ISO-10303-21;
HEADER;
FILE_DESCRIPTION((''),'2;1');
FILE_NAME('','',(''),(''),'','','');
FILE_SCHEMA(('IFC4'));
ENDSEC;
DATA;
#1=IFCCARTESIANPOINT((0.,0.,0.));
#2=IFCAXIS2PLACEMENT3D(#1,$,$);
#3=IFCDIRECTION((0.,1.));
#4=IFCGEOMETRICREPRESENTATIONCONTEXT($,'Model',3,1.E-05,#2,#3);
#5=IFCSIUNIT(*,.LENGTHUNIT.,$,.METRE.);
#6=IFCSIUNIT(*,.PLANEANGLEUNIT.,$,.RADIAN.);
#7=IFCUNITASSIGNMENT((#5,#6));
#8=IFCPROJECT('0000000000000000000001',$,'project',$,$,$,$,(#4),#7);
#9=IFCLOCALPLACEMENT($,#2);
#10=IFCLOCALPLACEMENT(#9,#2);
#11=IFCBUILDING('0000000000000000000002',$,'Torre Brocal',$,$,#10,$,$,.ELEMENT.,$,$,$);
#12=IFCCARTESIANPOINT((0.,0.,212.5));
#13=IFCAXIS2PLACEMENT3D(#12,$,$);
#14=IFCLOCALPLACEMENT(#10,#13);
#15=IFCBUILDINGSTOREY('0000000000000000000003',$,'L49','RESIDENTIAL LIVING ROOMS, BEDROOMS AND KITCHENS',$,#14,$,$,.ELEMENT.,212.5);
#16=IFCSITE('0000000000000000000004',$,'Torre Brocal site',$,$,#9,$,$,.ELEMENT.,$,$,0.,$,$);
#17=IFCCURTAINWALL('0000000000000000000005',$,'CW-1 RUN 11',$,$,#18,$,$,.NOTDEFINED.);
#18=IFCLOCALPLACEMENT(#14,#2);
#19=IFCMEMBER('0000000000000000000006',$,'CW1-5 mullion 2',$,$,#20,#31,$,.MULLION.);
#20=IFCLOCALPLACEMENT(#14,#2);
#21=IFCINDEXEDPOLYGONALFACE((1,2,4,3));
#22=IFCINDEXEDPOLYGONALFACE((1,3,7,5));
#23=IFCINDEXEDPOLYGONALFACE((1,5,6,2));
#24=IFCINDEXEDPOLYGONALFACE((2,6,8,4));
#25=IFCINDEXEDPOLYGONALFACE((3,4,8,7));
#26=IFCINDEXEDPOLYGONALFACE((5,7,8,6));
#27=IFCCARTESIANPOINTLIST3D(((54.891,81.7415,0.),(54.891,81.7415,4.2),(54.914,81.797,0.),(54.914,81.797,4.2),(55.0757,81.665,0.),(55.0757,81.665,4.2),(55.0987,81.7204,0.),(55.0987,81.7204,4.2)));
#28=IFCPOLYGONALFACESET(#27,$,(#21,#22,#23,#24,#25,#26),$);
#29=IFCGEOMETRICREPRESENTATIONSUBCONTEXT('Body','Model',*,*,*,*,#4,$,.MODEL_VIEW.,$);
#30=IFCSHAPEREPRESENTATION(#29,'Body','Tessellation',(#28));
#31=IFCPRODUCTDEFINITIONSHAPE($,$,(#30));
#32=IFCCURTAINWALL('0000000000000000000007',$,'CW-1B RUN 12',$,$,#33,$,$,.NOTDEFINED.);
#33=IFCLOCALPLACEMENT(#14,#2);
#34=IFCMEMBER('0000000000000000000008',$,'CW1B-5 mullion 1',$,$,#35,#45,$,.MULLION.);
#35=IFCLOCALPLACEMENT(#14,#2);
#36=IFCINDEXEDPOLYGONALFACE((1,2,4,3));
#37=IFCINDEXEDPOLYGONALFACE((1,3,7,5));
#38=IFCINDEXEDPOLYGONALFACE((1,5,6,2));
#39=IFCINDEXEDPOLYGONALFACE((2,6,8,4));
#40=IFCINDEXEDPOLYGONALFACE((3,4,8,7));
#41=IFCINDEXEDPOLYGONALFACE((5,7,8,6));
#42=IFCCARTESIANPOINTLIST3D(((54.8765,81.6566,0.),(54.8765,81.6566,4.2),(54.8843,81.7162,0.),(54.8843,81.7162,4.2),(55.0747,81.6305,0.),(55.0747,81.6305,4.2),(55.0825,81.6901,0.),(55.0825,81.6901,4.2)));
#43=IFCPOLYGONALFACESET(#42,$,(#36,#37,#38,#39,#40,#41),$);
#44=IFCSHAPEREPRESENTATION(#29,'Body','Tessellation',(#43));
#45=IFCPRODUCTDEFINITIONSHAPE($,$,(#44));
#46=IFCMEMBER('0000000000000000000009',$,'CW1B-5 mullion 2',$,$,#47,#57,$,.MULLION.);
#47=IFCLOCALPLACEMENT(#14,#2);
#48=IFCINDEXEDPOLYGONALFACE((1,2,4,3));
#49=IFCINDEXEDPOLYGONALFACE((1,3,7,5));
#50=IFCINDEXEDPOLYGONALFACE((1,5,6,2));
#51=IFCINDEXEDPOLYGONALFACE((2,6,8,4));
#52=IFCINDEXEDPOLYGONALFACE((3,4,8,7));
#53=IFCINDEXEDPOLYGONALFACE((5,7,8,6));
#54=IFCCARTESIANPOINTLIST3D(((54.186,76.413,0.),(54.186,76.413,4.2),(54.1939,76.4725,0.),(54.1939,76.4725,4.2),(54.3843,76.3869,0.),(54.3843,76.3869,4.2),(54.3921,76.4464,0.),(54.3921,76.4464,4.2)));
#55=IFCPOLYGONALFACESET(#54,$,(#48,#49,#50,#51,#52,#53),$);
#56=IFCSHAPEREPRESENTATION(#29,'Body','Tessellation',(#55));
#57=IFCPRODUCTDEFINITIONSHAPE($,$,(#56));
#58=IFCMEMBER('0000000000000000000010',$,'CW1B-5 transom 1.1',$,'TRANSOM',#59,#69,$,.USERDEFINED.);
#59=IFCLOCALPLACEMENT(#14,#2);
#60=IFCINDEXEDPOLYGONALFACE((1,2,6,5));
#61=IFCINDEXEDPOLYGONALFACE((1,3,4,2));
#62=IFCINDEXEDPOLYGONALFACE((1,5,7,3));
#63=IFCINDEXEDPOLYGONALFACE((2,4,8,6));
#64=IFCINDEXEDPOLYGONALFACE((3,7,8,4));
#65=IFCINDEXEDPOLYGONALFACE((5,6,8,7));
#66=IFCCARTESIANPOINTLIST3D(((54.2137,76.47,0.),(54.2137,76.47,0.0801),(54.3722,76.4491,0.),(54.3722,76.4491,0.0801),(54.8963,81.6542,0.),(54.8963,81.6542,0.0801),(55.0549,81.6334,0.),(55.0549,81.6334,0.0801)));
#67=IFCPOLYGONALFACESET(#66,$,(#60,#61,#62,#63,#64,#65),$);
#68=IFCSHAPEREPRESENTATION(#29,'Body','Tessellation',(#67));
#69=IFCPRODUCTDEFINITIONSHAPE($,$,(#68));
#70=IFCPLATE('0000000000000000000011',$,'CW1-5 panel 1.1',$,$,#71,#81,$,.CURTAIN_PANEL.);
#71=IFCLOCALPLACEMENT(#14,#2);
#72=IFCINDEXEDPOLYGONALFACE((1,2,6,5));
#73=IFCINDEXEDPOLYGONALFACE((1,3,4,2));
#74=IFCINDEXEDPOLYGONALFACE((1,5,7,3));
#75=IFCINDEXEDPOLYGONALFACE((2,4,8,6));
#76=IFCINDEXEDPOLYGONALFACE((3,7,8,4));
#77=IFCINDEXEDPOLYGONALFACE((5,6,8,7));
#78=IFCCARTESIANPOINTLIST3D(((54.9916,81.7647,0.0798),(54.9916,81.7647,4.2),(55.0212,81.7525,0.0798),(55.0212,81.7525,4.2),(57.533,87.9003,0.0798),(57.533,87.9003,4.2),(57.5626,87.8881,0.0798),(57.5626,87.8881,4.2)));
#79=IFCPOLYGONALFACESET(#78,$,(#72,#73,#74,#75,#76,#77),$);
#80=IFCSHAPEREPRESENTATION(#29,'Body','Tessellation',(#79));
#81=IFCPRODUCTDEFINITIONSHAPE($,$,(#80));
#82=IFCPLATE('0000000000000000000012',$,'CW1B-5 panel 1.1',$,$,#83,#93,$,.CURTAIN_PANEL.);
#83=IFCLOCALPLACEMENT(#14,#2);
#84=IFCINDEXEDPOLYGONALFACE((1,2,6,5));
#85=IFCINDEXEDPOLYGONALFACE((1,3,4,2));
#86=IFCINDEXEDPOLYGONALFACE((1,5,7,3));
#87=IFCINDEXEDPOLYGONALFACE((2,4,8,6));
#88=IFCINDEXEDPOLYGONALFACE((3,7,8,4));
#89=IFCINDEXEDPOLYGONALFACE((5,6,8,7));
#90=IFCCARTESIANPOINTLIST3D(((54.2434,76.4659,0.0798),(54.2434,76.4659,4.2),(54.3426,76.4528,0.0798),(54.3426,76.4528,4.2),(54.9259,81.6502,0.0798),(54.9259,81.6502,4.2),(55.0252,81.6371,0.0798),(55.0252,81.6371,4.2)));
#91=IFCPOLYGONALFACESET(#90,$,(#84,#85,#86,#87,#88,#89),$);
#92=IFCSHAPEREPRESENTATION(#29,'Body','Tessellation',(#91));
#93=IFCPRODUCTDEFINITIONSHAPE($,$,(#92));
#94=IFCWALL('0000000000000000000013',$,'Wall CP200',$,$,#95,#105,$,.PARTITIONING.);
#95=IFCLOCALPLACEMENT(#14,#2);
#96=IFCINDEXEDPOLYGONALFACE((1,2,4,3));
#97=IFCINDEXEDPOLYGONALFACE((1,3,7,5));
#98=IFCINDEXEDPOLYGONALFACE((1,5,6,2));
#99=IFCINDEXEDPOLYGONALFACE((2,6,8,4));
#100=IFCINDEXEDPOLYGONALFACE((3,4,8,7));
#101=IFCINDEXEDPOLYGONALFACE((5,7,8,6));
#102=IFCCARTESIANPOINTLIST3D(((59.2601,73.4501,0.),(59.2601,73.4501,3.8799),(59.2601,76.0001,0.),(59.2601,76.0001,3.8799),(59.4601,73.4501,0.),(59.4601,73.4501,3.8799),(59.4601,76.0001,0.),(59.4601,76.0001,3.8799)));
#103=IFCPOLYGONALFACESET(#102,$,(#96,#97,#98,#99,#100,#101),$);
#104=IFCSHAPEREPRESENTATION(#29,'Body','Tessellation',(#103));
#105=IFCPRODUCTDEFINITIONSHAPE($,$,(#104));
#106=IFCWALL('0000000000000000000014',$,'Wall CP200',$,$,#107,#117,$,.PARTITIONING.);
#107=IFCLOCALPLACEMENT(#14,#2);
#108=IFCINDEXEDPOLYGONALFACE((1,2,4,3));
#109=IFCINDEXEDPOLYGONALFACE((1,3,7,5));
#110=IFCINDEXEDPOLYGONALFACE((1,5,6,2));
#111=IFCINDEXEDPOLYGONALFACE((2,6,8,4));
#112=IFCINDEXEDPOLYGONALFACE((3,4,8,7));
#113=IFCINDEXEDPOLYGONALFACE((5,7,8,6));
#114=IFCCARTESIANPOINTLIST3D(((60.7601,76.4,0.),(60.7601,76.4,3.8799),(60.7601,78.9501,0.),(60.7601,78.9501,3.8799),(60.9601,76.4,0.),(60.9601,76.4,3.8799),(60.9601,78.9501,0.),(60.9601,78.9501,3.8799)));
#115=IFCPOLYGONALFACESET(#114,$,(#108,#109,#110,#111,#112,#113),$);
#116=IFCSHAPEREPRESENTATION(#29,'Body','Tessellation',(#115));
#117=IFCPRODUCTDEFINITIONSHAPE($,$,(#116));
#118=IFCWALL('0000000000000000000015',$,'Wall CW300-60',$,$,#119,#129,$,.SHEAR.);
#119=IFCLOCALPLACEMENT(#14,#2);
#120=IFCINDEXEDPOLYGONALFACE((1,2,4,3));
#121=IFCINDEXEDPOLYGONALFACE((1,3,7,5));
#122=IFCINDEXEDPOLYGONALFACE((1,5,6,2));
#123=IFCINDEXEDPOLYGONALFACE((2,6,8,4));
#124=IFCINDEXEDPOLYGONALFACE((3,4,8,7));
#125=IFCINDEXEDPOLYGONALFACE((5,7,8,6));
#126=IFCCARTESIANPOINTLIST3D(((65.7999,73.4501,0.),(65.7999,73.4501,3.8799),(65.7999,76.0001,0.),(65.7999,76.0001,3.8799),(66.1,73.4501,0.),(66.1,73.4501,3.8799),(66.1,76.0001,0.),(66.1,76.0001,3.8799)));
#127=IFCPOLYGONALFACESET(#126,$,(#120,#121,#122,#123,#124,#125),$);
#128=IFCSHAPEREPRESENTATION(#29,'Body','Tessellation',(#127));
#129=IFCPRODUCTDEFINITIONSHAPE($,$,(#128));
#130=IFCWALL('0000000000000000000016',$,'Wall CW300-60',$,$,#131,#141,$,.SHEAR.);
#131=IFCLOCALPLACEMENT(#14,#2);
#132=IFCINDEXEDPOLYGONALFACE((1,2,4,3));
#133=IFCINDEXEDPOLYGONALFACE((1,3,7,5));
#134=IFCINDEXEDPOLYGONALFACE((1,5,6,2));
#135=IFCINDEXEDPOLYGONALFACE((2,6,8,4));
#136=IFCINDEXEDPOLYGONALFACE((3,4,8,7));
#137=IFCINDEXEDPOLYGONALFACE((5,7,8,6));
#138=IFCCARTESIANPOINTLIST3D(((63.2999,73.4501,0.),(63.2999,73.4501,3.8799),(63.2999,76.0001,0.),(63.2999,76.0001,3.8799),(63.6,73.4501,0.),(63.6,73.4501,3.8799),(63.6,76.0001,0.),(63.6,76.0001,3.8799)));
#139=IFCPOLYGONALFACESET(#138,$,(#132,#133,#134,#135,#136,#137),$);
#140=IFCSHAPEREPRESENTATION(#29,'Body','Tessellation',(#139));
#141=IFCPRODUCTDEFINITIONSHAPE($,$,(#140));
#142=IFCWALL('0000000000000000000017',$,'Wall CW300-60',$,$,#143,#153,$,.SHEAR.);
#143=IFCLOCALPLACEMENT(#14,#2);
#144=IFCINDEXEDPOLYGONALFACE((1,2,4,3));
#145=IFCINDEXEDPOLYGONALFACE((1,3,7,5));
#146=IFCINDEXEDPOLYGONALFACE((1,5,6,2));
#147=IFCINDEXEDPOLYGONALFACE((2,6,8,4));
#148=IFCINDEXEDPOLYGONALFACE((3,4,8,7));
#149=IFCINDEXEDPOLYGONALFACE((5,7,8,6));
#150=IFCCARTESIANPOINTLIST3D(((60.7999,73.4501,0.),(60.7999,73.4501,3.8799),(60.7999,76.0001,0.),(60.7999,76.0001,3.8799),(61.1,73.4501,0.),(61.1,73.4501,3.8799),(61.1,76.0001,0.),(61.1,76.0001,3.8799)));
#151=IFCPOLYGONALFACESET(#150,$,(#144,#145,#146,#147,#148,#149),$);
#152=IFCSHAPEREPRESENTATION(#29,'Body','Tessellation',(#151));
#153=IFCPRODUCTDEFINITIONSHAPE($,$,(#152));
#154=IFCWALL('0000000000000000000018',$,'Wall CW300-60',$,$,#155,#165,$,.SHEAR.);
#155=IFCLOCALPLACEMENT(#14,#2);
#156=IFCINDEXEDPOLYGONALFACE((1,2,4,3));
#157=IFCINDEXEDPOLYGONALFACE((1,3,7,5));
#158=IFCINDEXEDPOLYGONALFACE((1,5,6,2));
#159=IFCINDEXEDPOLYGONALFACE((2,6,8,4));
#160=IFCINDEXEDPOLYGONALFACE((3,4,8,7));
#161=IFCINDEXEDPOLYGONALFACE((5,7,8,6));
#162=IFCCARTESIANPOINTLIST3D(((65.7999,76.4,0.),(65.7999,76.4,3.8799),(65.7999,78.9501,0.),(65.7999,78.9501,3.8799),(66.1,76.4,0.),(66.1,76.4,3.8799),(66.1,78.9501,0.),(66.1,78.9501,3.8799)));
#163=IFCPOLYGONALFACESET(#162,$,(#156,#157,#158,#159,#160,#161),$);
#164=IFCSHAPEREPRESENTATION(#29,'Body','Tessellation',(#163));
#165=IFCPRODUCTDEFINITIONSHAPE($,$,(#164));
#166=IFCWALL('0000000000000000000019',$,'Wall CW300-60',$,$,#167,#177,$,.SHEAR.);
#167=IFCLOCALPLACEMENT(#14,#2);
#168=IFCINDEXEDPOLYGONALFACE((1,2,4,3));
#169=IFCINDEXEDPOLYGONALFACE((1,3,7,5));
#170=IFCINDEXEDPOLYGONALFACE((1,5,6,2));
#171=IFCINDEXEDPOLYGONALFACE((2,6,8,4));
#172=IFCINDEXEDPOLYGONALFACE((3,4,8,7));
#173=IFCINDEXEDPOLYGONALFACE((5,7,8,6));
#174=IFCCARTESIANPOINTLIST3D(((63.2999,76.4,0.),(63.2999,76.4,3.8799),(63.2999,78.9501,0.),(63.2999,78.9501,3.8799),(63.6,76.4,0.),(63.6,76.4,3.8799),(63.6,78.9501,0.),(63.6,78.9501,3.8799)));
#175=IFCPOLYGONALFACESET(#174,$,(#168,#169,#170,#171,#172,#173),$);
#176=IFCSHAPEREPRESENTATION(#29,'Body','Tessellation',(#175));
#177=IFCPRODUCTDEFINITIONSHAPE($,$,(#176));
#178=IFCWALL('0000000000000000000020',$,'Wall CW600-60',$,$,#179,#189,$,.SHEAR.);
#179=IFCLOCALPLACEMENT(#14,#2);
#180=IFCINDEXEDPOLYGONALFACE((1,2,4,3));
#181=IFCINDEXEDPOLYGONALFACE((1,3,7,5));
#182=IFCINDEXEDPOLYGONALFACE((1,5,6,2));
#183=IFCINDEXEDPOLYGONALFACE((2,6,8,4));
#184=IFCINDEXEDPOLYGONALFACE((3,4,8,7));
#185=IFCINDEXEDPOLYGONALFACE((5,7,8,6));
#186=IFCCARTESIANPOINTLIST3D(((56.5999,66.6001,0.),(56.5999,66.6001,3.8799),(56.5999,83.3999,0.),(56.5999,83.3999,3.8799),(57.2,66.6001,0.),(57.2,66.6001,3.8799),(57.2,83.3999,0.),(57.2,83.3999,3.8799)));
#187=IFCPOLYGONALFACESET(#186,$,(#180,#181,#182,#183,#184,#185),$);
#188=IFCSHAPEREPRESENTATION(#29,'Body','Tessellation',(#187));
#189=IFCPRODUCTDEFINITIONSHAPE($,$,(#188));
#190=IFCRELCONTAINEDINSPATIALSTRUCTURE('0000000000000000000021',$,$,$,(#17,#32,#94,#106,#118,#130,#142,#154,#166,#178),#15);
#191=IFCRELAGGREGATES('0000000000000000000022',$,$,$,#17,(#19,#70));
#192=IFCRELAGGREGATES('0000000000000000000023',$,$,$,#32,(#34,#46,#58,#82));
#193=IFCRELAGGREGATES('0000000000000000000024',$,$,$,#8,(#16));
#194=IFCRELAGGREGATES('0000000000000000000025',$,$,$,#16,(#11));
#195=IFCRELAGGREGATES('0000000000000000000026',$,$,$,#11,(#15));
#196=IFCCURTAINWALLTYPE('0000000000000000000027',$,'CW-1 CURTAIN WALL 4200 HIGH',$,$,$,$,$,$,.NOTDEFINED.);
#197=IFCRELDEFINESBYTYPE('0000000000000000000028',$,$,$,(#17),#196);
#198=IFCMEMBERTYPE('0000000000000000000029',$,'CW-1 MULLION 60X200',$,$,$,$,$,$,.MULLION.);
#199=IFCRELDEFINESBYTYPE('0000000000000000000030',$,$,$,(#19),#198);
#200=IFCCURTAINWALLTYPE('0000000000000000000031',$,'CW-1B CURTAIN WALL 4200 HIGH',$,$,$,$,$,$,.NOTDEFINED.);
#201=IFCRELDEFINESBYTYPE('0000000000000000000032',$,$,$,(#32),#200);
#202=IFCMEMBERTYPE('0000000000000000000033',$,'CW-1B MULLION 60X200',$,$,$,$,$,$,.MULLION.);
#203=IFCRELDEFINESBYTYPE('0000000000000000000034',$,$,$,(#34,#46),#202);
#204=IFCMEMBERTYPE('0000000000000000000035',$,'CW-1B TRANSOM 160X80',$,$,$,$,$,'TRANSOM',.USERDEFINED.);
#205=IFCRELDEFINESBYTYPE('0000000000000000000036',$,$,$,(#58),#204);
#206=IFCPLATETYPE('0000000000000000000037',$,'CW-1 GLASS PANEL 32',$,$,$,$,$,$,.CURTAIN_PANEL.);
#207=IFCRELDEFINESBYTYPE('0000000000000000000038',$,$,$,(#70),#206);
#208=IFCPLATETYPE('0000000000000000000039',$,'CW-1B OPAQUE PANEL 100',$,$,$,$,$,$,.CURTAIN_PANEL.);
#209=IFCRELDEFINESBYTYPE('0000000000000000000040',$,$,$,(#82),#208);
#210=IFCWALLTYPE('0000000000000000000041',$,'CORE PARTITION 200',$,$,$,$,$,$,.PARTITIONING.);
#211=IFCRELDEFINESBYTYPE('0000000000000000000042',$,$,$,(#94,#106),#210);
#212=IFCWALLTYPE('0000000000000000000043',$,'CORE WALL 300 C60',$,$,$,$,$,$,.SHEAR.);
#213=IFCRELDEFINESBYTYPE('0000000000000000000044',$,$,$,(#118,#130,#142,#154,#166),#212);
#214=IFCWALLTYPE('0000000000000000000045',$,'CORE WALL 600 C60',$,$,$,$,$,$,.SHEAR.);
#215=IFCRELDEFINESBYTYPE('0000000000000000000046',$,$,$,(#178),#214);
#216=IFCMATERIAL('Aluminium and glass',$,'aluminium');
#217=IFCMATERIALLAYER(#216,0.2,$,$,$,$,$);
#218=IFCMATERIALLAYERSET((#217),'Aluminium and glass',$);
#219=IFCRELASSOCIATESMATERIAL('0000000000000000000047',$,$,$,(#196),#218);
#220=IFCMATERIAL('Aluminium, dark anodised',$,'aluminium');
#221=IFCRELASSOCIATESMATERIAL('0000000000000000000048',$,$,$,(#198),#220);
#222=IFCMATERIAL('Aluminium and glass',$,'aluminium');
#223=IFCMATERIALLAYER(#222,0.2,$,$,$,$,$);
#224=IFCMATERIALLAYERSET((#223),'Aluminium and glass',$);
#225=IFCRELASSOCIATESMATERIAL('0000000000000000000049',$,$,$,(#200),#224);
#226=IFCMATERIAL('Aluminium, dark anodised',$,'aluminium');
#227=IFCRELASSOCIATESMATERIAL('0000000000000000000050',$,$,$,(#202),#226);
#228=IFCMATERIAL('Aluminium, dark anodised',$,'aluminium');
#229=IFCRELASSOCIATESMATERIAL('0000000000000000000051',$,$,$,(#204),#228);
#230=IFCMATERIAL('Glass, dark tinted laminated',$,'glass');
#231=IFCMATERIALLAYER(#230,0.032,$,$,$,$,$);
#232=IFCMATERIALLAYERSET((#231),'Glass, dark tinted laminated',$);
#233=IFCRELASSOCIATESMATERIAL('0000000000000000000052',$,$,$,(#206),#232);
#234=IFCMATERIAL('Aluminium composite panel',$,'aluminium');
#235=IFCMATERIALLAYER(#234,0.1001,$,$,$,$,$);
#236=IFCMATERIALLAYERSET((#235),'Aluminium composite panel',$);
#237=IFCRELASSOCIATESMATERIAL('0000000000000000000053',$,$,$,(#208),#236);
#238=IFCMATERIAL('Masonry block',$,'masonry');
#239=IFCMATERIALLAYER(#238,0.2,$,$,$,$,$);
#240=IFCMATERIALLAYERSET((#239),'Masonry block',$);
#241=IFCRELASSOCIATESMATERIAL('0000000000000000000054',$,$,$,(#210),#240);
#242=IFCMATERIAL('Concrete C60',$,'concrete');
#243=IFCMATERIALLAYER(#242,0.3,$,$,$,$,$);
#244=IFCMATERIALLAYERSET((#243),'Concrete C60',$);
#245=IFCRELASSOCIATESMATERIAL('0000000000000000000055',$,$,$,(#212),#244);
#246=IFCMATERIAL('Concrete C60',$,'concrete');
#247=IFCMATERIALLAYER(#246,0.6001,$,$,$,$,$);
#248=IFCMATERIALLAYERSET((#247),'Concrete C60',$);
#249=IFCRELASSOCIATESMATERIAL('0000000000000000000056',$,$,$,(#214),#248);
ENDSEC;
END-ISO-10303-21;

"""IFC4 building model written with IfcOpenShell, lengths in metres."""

from ifc_helpers import new_model, si_unit, direction, frame, frame_2d, origin, origin_2d, place, context, subcontext, project, spatial, rectangle, extrude, material, layer, layer_set, material_profile, profile_set, type_object, element, aggregate, save


model = new_model("IFC4")

# Units and contexts
model_context = context("Model", 3, precision=1e-05, world=origin(), true_north=direction((0.0, 1.0)))
body_context = subcontext(model_context, "Body", "Model", "MODEL_VIEW")
ifc_project = project(units=[si_unit("LENGTHUNIT", "METRE"), si_unit("PLANEANGLEUNIT", "RADIAN")], contexts=[model_context])

# Site, building, storey
site_placement = place(None, origin())
site = spatial("IfcSite", under=ifc_project, at=site_placement, Name="Torre Brocal site", CompositionType="ELEMENT", RefElevation=0.0)
building_placement = place(site_placement, origin())
building = spatial("IfcBuilding", under=site, at=building_placement, Name="Torre Brocal", CompositionType="ELEMENT")
storey_placement = place(building_placement, frame((0.0, 0.0, 212.5)))
storey = spatial("IfcBuildingStorey", under=building, at=storey_placement, Name="L49", Description="RESIDENTIAL LIVING ROOMS, BEDROOMS AND KITCHENS", CompositionType="ELEMENT", Elevation=212.5)

# Curtain wall, member
ifc_material_1 = material(Name="Aluminium and glass", Category="aluminium")
ifc_layer_1 = layer(ifc_material_1, 0.2)
ifc_layer_set_1 = layer_set([ifc_layer_1], Name="Aluminium and glass")
curtain_wall_type_1 = type_object("IfcCurtainWallType", Name="CW-1 CURTAIN WALL 4200 HIGH", PredefinedType="NOTDEFINED", material=ifc_layer_set_1)
curtain_wall_1_placement = place(storey_placement, origin())
curtain_wall_1 = element("IfcCurtainWall", 1, at=curtain_wall_1_placement, inside=storey, type_object=curtain_wall_type_1, Name="CW-1 RUN 11", PredefinedType="NOTDEFINED")
ifc_material_2 = material(Name="Aluminium, dark anodised", Category="aluminium")
ifc_material_profile_1 = material_profile(ifc_material_2, rectangle(XDim=0.2, YDim=0.0601, at=origin_2d()), Name="CW-1 MULLION 60X200")
ifc_profile_set_1 = profile_set([ifc_material_profile_1], Name="Aluminium, dark anodised")
member_type_1 = type_object("IfcMemberType", Name="CW-1 MULLION 60X200", PredefinedType="MULLION", material=ifc_profile_set_1)
member_1_placement = place(storey_placement, frame((54.9949, 81.731, 0.0), z_axis=(0.0, 0.0, 1.0), x_axis=(0.92388, -0.382683, 0.0)))
member_1 = element("IfcMember", 2, at=member_1_placement, type_object=member_type_1, Name="CW1-5 mullion 2", PredefinedType="MULLION", context=body_context, shape_type="SweptSolid", body=[
    extrude(rectangle(XDim=0.2, YDim=0.0601, at=origin_2d()), origin(), (0.0, 0.0, 1.0), 4.2),
])

# Curtain wall, members
ifc_material_3 = material(Name="Aluminium and glass", Category="aluminium")
ifc_layer_2 = layer(ifc_material_3, 0.2)
ifc_layer_set_2 = layer_set([ifc_layer_2], Name="Aluminium and glass")
curtain_wall_type_2 = type_object("IfcCurtainWallType", Name="CW-1B CURTAIN WALL 4200 HIGH", PredefinedType="NOTDEFINED", material=ifc_layer_set_2)
curtain_wall_2_placement = place(storey_placement, origin())
curtain_wall_2 = element("IfcCurtainWall", 3, at=curtain_wall_2_placement, inside=storey, type_object=curtain_wall_type_2, Name="CW-1B RUN 12", PredefinedType="NOTDEFINED")
ifc_material_4 = material(Name="Aluminium, dark anodised", Category="aluminium")
ifc_material_profile_2 = material_profile(ifc_material_4, rectangle(XDim=0.2, YDim=0.0601, at=origin_2d()), Name="CW-1B MULLION 60X200")
ifc_profile_set_2 = profile_set([ifc_material_profile_2], Name="Aluminium, dark anodised")
member_type_2 = type_object("IfcMemberType", Name="CW-1B MULLION 60X200", PredefinedType="MULLION", material=ifc_profile_set_2)
member_2_placement = place(storey_placement, frame((54.9795, 81.6733, 0.0), z_axis=(0.0, 0.0, 1.0), x_axis=(0.991445, -0.130526, 0.0)))
member_2 = element("IfcMember", 4, at=member_2_placement, type_object=member_type_2, Name="CW1B-5 mullion 1", PredefinedType="MULLION", context=body_context, shape_type="SweptSolid", body=[
    extrude(rectangle(XDim=0.2, YDim=0.0601, at=origin_2d()), origin(), (0.0, 0.0, 1.0), 4.2),
])
member_3_placement = place(storey_placement, frame((54.2891, 76.4297, 0.0), z_axis=(0.0, 0.0, 1.0), x_axis=(0.991445, -0.130526, 0.0)))
member_3 = element("IfcMember", 5, at=member_3_placement, type_object=member_type_2, Name="CW1B-5 mullion 2", PredefinedType="MULLION", context=body_context, shape_type="SweptSolid", body=[
    extrude(rectangle(XDim=0.2, YDim=0.0601, at=origin_2d()), origin(), (0.0, 0.0, 1.0), 4.2),
])
ifc_material_5 = material(Name="Aluminium, dark anodised", Category="aluminium")
ifc_material_profile_3 = material_profile(ifc_material_5, rectangle(XDim=0.1599, YDim=0.0801, at=origin_2d()), Name="CW-1B TRANSOM 160X80")
ifc_profile_set_3 = profile_set([ifc_material_profile_3], Name="Aluminium, dark anodised")
member_type_3 = type_object("IfcMemberType", Name="CW-1B TRANSOM 160X80", ElementType="TRANSOM", PredefinedType="USERDEFINED", material=ifc_profile_set_3)
member_4_placement = place(storey_placement, frame((54.9756, 81.6438, 0.04), z_axis=(-0.130543, -0.991443, 0.0), x_axis=(0.991443, -0.130543, 0.0)))
member_4 = element("IfcMember", 6, at=member_4_placement, type_object=member_type_3, Name="CW1B-5 transom 1.1", ObjectType="TRANSOM", PredefinedType="USERDEFINED", context=body_context, shape_type="SweptSolid", body=[
    extrude(rectangle(XDim=0.1599, YDim=0.0801, at=origin_2d()), origin(), (0.0, 0.0, 1.0), 5.229),
])

# Plates
ifc_material_6 = material(Name="Glass, dark tinted laminated", Category="glass")
ifc_layer_3 = layer(ifc_material_6, 0.032)
ifc_layer_set_3 = layer_set([ifc_layer_3], Name="Glass, dark tinted laminated")
plate_type_1 = type_object("IfcPlateType", Name="CW-1 GLASS PANEL 32", PredefinedType="CURTAIN_PANEL", material=ifc_layer_set_3)
plate_1_placement = place(storey_placement, frame((56.2771, 84.8264, 0.0798), z_axis=(0.0, 0.0, 1.0), x_axis=(-0.382683, -0.92388, 0.0)))
plate_1 = element("IfcPlate", 7, at=plate_1_placement, type_object=plate_type_1, Name="CW1-5 panel 1.1", PredefinedType="CURTAIN_PANEL", context=body_context, shape_type="SweptSolid", body=[
    extrude(rectangle(XDim=6.6411, YDim=0.032, at=origin_2d()), origin(), (0.0, 0.0, 1.0), 4.1201),
])
aggregate(curtain_wall_1, [member_1, plate_1])
ifc_material_7 = material(Name="Aluminium composite panel", Category="aluminium")
ifc_layer_4 = layer(ifc_material_7, 0.1001)
ifc_layer_set_4 = layer_set([ifc_layer_4], Name="Aluminium composite panel")
plate_type_2 = type_object("IfcPlateType", Name="CW-1B OPAQUE PANEL 100", PredefinedType="CURTAIN_PANEL", material=ifc_layer_set_4)
plate_2_placement = place(storey_placement, frame((54.6343, 79.0515, 0.0798), z_axis=(0.0, 0.0, 1.0), x_axis=(-0.130526, -0.991445, 0.0)))
plate_2 = element("IfcPlate", 8, at=plate_2_placement, type_object=plate_type_2, Name="CW1B-5 panel 1.1", PredefinedType="CURTAIN_PANEL", context=body_context, shape_type="SweptSolid", body=[
    extrude(rectangle(XDim=5.229, YDim=0.1001, at=origin_2d()), origin(), (0.0, 0.0, 1.0), 4.1201),
])
aggregate(curtain_wall_2, [member_2, member_3, member_4, plate_2])

# Walls
ifc_material_8 = material(Name="Masonry block", Category="masonry")
ifc_layer_5 = layer(ifc_material_8, 0.2)
ifc_layer_set_5 = layer_set([ifc_layer_5], Name="Masonry block")
wall_type_1 = type_object("IfcWallType", Name="CORE PARTITION 200", PredefinedType="PARTITIONING", material=ifc_layer_set_5)
for number, where, z_axis, x_axis, name in (
    (9, (59.3601, 76.0, 0.0), (0.0, 0.0, 1.0), (0.0, -1.0, 0.0), "Wall CP200"),
    (10, (60.8601, 78.95, 0.0), (0.0, 0.0, 1.0), (0.0, -1.0, 0.0), "Wall CP200"),
):
    element("IfcWall", number, at=place(storey_placement, frame(where, z_axis=z_axis, x_axis=x_axis)), inside=storey, type_object=wall_type_1, Name=name, PredefinedType="PARTITIONING", context=body_context, shape_type="SweptSolid", body=[
        extrude(rectangle(XDim=2.55, YDim=0.2, at=frame_2d((1.2749, 0.0))), origin(), (0.0, 0.0, 1.0), 3.8799),
    ])
ifc_material_9 = material(Name="Concrete C60", Category="concrete")
ifc_layer_6 = layer(ifc_material_9, 0.3)
ifc_layer_set_6 = layer_set([ifc_layer_6], Name="Concrete C60")
wall_type_2 = type_object("IfcWallType", Name="CORE WALL 300 C60", PredefinedType="SHEAR", material=ifc_layer_set_6)
for number, where, z_axis, x_axis, name in (
    (11, (65.95, 76.0, 0.0), (0.0, 0.0, 1.0), (0.0, -1.0, 0.0), "Wall CW300-60"),
    (12, (63.45, 76.0, 0.0), (0.0, 0.0, 1.0), (0.0, -1.0, 0.0), "Wall CW300-60"),
    (13, (60.95, 76.0, 0.0), (0.0, 0.0, 1.0), (0.0, -1.0, 0.0), "Wall CW300-60"),
    (14, (65.95, 78.95, 0.0), (0.0, 0.0, 1.0), (0.0, -1.0, 0.0), "Wall CW300-60"),
    (15, (63.45, 78.95, 0.0), (0.0, 0.0, 1.0), (0.0, -1.0, 0.0), "Wall CW300-60"),
):
    element("IfcWall", number, at=place(storey_placement, frame(where, z_axis=z_axis, x_axis=x_axis)), inside=storey, type_object=wall_type_2, Name=name, PredefinedType="SHEAR", context=body_context, shape_type="SweptSolid", body=[
        extrude(rectangle(XDim=2.55, YDim=0.3, at=frame_2d((1.2749, 0.0))), origin(), (0.0, 0.0, 1.0), 3.8799),
    ])
ifc_material_10 = material(Name="Concrete C60", Category="concrete")
ifc_layer_7 = layer(ifc_material_10, 0.6001)
ifc_layer_set_7 = layer_set([ifc_layer_7], Name="Concrete C60")
wall_type_3 = type_object("IfcWallType", Name="CORE WALL 600 C60", PredefinedType="SHEAR", material=ifc_layer_set_7)
wall_1_placement = place(storey_placement, frame((56.8999, 83.3999, 0.0), z_axis=(0.0, 0.0, 1.0), x_axis=(0.0, -1.0, 0.0)))
element("IfcWall", 16, at=wall_1_placement, inside=storey, type_object=wall_type_3, Name="Wall CW600-60", PredefinedType="SHEAR", context=body_context, shape_type="SweptSolid", body=[
    extrude(rectangle(XDim=16.7998, YDim=0.6001, at=frame_2d((8.3999, 0.0))), origin(), (0.0, 0.0, 1.0), 3.8799),
])

save(model, "model.ifc")
